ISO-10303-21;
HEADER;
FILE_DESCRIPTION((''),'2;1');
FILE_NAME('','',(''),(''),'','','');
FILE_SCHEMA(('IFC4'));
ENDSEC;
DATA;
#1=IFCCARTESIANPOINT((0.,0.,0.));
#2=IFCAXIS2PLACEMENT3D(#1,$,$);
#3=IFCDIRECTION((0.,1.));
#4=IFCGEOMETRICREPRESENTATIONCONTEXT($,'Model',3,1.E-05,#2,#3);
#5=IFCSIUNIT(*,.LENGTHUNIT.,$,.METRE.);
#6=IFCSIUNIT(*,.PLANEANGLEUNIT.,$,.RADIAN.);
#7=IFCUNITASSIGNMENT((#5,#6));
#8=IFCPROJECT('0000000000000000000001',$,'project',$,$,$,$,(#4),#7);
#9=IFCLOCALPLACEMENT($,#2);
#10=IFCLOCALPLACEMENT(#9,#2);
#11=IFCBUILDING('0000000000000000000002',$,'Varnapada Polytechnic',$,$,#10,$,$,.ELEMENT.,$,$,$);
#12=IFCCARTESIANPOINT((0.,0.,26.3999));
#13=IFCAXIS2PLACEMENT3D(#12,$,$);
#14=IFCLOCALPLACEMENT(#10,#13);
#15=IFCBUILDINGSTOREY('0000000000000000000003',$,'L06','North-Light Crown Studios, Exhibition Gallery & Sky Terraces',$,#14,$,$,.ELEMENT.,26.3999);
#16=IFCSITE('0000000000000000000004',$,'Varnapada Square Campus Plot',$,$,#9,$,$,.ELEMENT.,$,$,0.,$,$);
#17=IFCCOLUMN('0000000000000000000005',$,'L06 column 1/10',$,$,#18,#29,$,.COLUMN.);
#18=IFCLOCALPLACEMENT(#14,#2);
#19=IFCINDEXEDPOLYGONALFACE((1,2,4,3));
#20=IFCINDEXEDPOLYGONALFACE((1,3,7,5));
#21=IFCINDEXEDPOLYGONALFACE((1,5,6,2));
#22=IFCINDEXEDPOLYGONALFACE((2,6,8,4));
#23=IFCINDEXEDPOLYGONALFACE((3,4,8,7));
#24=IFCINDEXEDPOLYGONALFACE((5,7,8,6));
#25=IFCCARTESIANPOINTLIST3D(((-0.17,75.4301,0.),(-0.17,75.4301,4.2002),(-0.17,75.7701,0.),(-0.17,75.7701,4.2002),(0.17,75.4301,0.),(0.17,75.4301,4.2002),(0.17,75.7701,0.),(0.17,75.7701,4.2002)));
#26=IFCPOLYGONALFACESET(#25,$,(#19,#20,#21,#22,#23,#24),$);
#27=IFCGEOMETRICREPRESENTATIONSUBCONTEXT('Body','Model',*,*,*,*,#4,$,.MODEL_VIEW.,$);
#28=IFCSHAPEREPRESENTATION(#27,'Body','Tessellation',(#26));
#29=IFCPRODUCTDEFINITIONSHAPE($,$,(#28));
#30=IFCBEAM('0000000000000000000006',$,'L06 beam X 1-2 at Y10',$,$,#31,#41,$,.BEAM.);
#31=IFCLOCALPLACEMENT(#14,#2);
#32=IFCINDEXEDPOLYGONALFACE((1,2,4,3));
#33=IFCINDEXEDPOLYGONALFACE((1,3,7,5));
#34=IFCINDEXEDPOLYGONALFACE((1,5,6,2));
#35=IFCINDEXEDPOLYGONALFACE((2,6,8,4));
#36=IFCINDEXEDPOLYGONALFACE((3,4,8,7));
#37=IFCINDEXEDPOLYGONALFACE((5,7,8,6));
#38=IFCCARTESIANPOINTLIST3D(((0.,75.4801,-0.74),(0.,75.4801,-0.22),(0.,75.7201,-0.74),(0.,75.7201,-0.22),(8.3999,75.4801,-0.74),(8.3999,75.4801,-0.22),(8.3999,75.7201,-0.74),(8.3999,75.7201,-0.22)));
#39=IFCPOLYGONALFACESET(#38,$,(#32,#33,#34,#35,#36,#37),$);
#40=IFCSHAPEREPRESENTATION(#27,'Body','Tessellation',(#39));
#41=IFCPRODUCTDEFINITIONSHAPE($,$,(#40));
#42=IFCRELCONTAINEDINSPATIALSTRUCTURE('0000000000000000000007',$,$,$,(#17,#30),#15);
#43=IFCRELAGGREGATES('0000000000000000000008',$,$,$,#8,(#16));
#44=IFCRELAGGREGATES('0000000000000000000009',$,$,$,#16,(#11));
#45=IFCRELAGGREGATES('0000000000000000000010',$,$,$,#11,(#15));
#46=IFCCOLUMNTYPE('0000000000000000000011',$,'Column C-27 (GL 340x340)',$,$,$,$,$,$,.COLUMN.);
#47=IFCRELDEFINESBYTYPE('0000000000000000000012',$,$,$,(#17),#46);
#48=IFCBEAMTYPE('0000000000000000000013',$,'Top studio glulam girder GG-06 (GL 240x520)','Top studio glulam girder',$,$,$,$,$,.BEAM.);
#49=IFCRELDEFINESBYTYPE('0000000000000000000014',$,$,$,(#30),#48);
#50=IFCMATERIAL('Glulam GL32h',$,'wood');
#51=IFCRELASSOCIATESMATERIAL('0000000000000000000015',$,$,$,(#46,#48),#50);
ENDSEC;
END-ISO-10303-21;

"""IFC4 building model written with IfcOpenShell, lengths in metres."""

from ifc_helpers import new_model, si_unit, direction, frame, origin, origin_2d, place, context, subcontext, project, spatial, rectangle, extrude, material, material_profile, profile_set, type_object, element, save


model = new_model("IFC4")

# Units and contexts
model_context = context("Model", 3, precision=1e-05, world=origin(), true_north=direction((0.0, 1.0)))
body_context = subcontext(model_context, "Body", "Model", "MODEL_VIEW")
ifc_project = project(units=[si_unit("LENGTHUNIT", "METRE"), si_unit("PLANEANGLEUNIT", "RADIAN")], contexts=[model_context])

# Site, building, storey
site_placement = place(None, origin())
site = spatial("IfcSite", under=ifc_project, at=site_placement, Name="Varnapada Square Campus Plot", CompositionType="ELEMENT", RefElevation=0.0)
building_placement = place(site_placement, origin())
building = spatial("IfcBuilding", under=site, at=building_placement, Name="Varnapada Polytechnic", CompositionType="ELEMENT")
storey_placement = place(building_placement, frame((0.0, 0.0, 26.3999)))
storey = spatial("IfcBuildingStorey", under=building, at=storey_placement, Name="L06", Description="North-Light Crown Studios, Exhibition Gallery & Sky Terraces", CompositionType="ELEMENT", Elevation=26.3999)

# Column
ifc_material_1 = material(Name="Glulam GL32h", Category="wood")
ifc_material_profile_1 = material_profile(ifc_material_1, rectangle(XDim=0.3401, YDim=0.3401, at=origin_2d()), Name="GL 340x340")
ifc_profile_set_1 = profile_set([ifc_material_profile_1], Name="Glulam GL32h")
column_type = type_object("IfcColumnType", Name="Column C-27 (GL 340x340)", PredefinedType="COLUMN", material=ifc_profile_set_1)
column_placement = place(storey_placement, frame((0.0, 75.6001, 0.0), z_axis=(0.0, 0.0, 1.0), x_axis=(1.0, 0.0, 0.0)))
element("IfcColumn", 1, at=column_placement, inside=storey, type_object=column_type, Name="L06 column 1/10", PredefinedType="COLUMN", context=body_context, shape_type="SweptSolid", body=[
    extrude(rectangle(XDim=0.3401, YDim=0.3401, at=origin_2d()), origin(), (0.0, 0.0, 1.0), 4.2002),
])

# Beam
ifc_material_profile_2 = material_profile(ifc_material_1, rectangle(XDim=0.24, YDim=0.52, at=origin_2d()), Name="GL 240x520")
ifc_profile_set_2 = profile_set([ifc_material_profile_2], Name="Glulam GL32h")
beam_type = type_object("IfcBeamType", Name="Top studio glulam girder GG-06 (GL 240x520)", Description="Top studio glulam girder", PredefinedType="BEAM", material=ifc_profile_set_2)
beam_placement = place(storey_placement, frame((0.0, 75.6001, -0.48), z_axis=(1.0, 0.0, 0.0), x_axis=(0.0, 1.0, 0.0)))
element("IfcBeam", 2, at=beam_placement, inside=storey, type_object=beam_type, Name="L06 beam X 1-2 at Y10", PredefinedType="BEAM", context=body_context, shape_type="SweptSolid", body=[
    extrude(rectangle(XDim=0.24, YDim=0.52, at=origin_2d()), origin(), (0.0, 0.0, 1.0), 8.3999),
])

save(model, "model.ifc")
